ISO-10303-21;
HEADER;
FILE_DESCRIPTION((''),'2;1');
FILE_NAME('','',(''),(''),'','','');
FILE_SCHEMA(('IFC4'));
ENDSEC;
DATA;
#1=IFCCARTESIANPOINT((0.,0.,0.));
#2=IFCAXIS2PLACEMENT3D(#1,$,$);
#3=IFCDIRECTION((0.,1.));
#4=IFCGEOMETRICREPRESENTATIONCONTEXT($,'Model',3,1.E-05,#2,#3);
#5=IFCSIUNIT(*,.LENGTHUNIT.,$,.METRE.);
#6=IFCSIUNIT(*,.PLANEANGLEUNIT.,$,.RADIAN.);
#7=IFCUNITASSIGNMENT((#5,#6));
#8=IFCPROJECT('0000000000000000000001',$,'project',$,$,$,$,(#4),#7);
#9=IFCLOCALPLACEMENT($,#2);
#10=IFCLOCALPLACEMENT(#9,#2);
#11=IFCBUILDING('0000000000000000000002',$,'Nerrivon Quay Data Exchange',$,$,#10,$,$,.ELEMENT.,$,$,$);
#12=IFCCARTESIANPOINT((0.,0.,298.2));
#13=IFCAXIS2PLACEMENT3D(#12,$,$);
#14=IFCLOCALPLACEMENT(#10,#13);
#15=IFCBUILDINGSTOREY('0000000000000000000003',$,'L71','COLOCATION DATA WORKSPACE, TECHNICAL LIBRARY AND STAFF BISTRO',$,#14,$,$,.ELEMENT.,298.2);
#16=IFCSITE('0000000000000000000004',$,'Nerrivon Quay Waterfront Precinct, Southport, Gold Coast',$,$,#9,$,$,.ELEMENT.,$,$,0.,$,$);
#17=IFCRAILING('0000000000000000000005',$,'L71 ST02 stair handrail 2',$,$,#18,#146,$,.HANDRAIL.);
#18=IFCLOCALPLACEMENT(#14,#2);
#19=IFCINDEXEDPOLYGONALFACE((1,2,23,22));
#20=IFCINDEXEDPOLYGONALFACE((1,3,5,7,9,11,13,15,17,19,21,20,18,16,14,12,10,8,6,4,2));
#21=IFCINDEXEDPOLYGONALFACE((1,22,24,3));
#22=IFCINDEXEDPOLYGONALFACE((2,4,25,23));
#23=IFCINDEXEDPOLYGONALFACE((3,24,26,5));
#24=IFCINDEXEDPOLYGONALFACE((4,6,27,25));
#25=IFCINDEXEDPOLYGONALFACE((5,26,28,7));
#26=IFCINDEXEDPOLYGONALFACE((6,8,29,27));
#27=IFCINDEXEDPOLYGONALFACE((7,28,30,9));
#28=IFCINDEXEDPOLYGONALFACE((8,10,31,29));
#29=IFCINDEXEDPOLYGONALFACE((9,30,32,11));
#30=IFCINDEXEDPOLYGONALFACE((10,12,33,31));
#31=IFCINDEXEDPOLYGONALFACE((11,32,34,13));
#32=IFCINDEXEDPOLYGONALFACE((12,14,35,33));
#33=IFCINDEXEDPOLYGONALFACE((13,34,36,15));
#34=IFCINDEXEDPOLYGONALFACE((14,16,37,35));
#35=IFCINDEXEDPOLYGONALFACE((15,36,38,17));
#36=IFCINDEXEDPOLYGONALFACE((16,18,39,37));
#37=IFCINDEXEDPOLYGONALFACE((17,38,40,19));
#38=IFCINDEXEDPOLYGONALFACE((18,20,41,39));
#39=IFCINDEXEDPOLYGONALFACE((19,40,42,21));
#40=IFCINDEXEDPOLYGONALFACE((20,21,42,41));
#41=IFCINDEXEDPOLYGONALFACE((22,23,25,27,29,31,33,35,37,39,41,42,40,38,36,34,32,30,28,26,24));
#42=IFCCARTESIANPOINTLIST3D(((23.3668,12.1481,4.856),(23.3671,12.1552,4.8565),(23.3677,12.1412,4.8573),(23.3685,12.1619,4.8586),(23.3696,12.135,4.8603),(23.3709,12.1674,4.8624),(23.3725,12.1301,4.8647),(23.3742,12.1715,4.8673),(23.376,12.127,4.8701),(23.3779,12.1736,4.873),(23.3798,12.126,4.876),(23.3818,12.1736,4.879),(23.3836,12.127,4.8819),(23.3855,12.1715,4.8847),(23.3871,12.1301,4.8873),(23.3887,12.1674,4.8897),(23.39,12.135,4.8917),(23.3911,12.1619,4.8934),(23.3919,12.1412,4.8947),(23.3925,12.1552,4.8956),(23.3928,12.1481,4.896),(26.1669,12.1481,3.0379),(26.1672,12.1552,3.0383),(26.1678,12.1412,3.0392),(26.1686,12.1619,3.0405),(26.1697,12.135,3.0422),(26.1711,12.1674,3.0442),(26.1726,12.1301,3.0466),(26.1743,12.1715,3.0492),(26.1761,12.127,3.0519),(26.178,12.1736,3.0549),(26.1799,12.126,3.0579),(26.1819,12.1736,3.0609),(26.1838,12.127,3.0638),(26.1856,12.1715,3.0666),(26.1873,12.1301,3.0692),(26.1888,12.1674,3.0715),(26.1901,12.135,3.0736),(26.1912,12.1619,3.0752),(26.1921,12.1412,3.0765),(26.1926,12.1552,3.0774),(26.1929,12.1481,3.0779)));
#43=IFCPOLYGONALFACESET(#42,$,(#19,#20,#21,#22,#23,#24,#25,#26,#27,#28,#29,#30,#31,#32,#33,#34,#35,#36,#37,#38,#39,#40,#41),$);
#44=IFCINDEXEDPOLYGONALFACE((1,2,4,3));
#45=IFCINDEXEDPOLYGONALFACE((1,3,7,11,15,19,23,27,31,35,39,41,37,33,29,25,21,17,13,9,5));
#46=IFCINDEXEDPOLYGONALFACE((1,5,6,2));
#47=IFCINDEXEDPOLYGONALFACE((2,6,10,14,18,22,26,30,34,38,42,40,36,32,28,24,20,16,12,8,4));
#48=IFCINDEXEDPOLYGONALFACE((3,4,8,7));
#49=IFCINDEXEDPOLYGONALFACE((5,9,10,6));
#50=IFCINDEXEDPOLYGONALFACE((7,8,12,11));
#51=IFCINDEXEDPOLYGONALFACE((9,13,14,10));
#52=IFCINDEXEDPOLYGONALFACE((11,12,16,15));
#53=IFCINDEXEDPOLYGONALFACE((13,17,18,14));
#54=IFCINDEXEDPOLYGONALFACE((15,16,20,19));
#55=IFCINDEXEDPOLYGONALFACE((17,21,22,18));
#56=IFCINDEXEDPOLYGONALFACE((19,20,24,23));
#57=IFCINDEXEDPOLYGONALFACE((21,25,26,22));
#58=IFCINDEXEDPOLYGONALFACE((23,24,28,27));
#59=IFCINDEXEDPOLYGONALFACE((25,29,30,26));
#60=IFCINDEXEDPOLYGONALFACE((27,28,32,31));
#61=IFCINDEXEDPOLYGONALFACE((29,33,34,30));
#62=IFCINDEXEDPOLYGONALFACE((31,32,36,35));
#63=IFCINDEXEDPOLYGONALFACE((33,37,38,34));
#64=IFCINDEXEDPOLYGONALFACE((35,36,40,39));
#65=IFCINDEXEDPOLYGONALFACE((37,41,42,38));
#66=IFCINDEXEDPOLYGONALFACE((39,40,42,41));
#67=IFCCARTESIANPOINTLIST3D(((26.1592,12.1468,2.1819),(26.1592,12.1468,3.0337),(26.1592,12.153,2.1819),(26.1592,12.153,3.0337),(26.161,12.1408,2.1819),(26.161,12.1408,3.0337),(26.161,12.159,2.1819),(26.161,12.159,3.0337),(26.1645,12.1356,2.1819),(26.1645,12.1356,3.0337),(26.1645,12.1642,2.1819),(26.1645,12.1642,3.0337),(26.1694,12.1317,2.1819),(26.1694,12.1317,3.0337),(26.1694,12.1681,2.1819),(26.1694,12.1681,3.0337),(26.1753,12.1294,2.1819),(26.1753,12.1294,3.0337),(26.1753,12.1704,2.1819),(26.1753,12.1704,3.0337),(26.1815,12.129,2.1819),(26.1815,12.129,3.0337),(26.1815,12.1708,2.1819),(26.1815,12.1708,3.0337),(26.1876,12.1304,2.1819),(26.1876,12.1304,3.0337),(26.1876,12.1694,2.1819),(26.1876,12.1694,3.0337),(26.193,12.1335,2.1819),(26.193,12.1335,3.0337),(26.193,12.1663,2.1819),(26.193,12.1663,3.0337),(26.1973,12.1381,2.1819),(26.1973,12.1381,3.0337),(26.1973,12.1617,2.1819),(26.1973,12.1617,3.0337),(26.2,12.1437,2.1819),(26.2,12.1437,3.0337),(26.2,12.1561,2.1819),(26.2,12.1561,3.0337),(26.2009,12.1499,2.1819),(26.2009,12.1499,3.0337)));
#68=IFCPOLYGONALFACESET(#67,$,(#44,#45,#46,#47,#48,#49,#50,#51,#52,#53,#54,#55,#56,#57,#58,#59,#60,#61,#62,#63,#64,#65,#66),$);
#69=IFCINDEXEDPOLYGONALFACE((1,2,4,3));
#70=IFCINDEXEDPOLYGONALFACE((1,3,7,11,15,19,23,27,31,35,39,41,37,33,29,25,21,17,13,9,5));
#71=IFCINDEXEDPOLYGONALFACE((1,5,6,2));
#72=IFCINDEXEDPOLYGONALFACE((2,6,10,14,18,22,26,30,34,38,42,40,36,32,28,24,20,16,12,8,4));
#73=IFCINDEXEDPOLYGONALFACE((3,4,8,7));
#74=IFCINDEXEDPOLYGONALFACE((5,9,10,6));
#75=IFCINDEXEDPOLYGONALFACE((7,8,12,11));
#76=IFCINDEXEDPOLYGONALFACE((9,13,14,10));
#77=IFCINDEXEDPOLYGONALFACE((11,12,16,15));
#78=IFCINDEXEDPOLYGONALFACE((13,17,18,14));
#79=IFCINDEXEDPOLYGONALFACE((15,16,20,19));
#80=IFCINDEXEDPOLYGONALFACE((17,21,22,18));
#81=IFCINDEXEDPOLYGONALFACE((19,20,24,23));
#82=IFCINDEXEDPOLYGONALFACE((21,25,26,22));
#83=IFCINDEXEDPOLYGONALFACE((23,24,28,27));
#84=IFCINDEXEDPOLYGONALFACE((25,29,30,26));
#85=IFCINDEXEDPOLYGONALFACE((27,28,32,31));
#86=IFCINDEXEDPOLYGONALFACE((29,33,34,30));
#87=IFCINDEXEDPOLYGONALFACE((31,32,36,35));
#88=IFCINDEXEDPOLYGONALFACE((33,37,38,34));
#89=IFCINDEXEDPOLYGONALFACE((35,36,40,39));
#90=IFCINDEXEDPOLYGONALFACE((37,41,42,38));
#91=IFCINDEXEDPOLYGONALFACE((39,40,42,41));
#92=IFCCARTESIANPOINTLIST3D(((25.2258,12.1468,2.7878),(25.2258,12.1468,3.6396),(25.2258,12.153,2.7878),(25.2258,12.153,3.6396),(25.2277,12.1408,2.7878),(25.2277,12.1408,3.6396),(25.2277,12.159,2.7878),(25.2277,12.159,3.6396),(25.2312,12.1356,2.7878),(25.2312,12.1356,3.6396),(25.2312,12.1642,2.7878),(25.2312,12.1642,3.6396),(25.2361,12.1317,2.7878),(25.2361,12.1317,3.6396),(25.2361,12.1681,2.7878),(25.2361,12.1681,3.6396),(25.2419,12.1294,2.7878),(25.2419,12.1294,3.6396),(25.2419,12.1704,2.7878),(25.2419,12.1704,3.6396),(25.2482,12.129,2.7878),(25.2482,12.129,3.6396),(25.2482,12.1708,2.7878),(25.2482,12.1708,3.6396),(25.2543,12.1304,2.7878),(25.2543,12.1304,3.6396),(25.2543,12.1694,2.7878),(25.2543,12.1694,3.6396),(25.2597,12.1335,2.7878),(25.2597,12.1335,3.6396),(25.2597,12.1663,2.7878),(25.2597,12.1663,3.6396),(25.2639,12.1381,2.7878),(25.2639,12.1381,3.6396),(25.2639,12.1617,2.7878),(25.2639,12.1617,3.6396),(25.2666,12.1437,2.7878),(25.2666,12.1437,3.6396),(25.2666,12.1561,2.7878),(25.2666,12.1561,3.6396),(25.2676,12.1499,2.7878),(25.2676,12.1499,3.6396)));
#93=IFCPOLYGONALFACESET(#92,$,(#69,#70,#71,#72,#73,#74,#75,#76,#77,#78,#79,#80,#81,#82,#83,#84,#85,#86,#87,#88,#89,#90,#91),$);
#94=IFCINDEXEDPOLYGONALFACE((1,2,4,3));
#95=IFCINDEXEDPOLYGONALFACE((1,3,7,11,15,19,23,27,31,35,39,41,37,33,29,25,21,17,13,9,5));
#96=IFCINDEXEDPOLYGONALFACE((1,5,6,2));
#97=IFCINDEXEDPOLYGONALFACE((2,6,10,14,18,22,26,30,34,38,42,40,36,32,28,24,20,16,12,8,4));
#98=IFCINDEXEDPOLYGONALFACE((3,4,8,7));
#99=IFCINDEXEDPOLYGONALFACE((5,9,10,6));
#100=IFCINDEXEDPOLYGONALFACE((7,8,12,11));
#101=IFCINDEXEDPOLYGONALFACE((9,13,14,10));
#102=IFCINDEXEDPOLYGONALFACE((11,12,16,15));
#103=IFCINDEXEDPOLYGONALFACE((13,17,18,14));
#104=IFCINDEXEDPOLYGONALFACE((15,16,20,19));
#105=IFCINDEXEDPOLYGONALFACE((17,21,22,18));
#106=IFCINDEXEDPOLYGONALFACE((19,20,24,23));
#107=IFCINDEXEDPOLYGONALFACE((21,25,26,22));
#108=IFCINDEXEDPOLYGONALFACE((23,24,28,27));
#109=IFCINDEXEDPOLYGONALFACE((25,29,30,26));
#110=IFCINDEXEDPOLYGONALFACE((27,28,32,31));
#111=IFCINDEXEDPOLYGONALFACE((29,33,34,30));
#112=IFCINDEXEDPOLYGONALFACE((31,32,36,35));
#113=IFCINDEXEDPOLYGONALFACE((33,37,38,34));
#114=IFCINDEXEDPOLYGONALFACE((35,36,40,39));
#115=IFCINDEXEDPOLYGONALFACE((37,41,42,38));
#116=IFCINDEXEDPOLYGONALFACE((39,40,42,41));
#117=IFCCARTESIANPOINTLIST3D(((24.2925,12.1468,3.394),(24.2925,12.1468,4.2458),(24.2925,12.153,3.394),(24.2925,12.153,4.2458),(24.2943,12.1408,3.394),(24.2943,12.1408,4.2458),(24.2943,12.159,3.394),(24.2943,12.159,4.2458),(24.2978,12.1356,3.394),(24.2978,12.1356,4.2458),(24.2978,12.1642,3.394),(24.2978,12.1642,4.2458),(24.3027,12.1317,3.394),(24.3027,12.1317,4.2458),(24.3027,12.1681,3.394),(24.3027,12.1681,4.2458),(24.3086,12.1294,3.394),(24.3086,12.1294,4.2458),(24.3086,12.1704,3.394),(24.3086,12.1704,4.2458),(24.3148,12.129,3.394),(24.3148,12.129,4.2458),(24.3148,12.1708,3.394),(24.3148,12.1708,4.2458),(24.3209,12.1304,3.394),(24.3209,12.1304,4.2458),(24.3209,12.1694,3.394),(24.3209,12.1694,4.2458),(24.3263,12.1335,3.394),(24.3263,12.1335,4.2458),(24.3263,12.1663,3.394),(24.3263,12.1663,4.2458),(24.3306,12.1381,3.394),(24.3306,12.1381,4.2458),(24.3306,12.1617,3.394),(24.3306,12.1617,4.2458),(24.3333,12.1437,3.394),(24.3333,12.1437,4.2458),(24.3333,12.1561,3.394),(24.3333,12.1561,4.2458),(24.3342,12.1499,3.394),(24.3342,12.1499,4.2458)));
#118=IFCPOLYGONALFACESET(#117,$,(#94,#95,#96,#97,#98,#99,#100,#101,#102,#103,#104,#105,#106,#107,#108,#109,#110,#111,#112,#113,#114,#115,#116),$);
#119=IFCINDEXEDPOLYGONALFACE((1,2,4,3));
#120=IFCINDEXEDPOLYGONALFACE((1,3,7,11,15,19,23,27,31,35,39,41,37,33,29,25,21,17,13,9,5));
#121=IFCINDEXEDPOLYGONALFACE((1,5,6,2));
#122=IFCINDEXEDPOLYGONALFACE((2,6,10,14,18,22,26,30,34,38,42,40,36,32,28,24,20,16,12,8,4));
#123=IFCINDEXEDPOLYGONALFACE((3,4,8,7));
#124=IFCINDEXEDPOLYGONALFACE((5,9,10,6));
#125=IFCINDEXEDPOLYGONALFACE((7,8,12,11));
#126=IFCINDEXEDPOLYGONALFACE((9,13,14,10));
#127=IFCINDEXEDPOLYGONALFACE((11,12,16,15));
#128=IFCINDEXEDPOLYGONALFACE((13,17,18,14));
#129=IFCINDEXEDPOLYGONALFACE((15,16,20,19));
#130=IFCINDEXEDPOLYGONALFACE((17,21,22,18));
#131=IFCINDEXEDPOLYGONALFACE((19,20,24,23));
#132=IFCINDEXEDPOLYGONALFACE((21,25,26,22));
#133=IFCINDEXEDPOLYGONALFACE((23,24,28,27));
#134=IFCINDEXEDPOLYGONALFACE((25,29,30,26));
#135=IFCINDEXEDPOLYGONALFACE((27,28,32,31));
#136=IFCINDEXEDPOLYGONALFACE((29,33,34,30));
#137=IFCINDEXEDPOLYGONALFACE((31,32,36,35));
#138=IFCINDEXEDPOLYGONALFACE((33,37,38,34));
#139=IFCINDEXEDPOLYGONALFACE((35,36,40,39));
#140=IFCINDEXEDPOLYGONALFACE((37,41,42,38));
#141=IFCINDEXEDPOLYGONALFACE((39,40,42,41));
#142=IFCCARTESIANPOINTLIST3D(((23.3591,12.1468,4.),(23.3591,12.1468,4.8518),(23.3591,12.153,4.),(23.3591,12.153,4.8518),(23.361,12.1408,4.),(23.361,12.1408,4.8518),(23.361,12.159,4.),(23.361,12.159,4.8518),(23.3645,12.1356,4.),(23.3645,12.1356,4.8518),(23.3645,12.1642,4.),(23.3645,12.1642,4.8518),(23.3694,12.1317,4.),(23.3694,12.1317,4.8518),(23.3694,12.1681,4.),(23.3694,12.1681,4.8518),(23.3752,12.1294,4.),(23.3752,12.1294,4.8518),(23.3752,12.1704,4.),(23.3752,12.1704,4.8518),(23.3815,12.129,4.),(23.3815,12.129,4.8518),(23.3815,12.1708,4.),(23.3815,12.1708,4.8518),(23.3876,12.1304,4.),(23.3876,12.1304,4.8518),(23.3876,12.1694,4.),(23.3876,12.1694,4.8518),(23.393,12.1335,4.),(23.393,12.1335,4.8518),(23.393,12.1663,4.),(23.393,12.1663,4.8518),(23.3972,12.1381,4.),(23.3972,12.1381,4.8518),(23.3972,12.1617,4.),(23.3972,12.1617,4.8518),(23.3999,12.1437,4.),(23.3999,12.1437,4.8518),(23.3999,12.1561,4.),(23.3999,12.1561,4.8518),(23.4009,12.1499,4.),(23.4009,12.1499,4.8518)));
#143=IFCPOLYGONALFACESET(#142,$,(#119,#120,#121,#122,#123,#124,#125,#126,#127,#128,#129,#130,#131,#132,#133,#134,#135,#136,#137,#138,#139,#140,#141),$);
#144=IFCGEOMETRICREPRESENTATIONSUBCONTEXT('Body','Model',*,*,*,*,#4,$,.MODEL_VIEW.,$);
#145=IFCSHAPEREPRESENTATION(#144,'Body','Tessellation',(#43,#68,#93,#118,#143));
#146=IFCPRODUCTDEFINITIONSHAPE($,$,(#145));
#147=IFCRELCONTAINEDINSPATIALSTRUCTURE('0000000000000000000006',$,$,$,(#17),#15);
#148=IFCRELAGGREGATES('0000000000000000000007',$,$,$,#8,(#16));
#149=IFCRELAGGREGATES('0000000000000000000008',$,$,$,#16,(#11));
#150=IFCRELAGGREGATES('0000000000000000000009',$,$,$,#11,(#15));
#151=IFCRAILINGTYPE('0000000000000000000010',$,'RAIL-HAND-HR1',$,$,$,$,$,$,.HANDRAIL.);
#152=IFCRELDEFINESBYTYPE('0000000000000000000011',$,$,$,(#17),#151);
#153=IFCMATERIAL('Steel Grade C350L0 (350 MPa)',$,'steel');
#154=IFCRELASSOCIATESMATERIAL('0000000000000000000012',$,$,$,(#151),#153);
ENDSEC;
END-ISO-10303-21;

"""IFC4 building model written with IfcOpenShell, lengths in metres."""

from ifc_helpers import new_model, si_unit, direction, frame, origin, origin_2d, place, context, subcontext, project, spatial, circle, extrude, material, type_object, element, save


model = new_model("IFC4")

# Units and contexts
model_context = context("Model", 3, precision=1e-05, world=origin(), true_north=direction((0.0, 1.0)))
body_context = subcontext(model_context, "Body", "Model", "MODEL_VIEW")
ifc_project = project(units=[si_unit("LENGTHUNIT", "METRE"), si_unit("PLANEANGLEUNIT", "RADIAN")], contexts=[model_context])

# Site, building, storey
site_placement = place(None, origin())
site = spatial("IfcSite", under=ifc_project, at=site_placement, Name="Nerrivon Quay Waterfront Precinct, Southport, Gold Coast", CompositionType="ELEMENT", RefElevation=0.0)
building_placement = place(site_placement, origin())
building = spatial("IfcBuilding", under=site, at=building_placement, Name="Nerrivon Quay Data Exchange", CompositionType="ELEMENT")
storey_placement = place(building_placement, frame((0.0, 0.0, 298.2)))
storey = spatial("IfcBuildingStorey", under=building, at=storey_placement, Name="L71", Description="COLOCATION DATA WORKSPACE, TECHNICAL LIBRARY AND STAFF BISTRO", CompositionType="ELEMENT", Elevation=298.2)

# Railing
ifc_material_1 = material(Name="Steel Grade C350L0 (350 MPa)", Category="steel")
railing_type_1 = type_object("IfcRailingType", Name="RAIL-HAND-HR1", PredefinedType="HANDRAIL", material=ifc_material_1)
railing_1_placement = place(storey_placement, frame((26.1799, 12.1499, 2.1819)))
element("IfcRailing", 1, at=railing_1_placement, inside=storey, type_object=railing_type_1, Name="L71 ST02 stair handrail 2", PredefinedType="HANDRAIL", context=body_context, shape_type="SweptSolid", body=[
    extrude(circle(Radius=0.0239, at=origin_2d()), frame((0.0, 0.0, 0.876), z_axis=(-0.838706, 0.0, 0.544585), x_axis=(0.0, -1.0, 0.0)), (0.0, 0.0, 1.0), 3.3386),
    extrude(circle(Radius=0.021, at=origin_2d()), origin(), (0.0, 0.0, 1.0), 0.8518),
    extrude(circle(Radius=0.021, at=origin_2d()), frame((-0.9333, 0.0, 0.606)), (0.0, 0.0, 1.0), 0.8518),
    extrude(circle(Radius=0.021, at=origin_2d()), frame((-1.8667, 0.0, 1.2122)), (0.0, 0.0, 1.0), 0.8518),
    extrude(circle(Radius=0.021, at=origin_2d()), frame((-2.8, 0.0, 1.8181)), (0.0, 0.0, 1.0), 0.8518),
])

save(model, "model.ifc")
